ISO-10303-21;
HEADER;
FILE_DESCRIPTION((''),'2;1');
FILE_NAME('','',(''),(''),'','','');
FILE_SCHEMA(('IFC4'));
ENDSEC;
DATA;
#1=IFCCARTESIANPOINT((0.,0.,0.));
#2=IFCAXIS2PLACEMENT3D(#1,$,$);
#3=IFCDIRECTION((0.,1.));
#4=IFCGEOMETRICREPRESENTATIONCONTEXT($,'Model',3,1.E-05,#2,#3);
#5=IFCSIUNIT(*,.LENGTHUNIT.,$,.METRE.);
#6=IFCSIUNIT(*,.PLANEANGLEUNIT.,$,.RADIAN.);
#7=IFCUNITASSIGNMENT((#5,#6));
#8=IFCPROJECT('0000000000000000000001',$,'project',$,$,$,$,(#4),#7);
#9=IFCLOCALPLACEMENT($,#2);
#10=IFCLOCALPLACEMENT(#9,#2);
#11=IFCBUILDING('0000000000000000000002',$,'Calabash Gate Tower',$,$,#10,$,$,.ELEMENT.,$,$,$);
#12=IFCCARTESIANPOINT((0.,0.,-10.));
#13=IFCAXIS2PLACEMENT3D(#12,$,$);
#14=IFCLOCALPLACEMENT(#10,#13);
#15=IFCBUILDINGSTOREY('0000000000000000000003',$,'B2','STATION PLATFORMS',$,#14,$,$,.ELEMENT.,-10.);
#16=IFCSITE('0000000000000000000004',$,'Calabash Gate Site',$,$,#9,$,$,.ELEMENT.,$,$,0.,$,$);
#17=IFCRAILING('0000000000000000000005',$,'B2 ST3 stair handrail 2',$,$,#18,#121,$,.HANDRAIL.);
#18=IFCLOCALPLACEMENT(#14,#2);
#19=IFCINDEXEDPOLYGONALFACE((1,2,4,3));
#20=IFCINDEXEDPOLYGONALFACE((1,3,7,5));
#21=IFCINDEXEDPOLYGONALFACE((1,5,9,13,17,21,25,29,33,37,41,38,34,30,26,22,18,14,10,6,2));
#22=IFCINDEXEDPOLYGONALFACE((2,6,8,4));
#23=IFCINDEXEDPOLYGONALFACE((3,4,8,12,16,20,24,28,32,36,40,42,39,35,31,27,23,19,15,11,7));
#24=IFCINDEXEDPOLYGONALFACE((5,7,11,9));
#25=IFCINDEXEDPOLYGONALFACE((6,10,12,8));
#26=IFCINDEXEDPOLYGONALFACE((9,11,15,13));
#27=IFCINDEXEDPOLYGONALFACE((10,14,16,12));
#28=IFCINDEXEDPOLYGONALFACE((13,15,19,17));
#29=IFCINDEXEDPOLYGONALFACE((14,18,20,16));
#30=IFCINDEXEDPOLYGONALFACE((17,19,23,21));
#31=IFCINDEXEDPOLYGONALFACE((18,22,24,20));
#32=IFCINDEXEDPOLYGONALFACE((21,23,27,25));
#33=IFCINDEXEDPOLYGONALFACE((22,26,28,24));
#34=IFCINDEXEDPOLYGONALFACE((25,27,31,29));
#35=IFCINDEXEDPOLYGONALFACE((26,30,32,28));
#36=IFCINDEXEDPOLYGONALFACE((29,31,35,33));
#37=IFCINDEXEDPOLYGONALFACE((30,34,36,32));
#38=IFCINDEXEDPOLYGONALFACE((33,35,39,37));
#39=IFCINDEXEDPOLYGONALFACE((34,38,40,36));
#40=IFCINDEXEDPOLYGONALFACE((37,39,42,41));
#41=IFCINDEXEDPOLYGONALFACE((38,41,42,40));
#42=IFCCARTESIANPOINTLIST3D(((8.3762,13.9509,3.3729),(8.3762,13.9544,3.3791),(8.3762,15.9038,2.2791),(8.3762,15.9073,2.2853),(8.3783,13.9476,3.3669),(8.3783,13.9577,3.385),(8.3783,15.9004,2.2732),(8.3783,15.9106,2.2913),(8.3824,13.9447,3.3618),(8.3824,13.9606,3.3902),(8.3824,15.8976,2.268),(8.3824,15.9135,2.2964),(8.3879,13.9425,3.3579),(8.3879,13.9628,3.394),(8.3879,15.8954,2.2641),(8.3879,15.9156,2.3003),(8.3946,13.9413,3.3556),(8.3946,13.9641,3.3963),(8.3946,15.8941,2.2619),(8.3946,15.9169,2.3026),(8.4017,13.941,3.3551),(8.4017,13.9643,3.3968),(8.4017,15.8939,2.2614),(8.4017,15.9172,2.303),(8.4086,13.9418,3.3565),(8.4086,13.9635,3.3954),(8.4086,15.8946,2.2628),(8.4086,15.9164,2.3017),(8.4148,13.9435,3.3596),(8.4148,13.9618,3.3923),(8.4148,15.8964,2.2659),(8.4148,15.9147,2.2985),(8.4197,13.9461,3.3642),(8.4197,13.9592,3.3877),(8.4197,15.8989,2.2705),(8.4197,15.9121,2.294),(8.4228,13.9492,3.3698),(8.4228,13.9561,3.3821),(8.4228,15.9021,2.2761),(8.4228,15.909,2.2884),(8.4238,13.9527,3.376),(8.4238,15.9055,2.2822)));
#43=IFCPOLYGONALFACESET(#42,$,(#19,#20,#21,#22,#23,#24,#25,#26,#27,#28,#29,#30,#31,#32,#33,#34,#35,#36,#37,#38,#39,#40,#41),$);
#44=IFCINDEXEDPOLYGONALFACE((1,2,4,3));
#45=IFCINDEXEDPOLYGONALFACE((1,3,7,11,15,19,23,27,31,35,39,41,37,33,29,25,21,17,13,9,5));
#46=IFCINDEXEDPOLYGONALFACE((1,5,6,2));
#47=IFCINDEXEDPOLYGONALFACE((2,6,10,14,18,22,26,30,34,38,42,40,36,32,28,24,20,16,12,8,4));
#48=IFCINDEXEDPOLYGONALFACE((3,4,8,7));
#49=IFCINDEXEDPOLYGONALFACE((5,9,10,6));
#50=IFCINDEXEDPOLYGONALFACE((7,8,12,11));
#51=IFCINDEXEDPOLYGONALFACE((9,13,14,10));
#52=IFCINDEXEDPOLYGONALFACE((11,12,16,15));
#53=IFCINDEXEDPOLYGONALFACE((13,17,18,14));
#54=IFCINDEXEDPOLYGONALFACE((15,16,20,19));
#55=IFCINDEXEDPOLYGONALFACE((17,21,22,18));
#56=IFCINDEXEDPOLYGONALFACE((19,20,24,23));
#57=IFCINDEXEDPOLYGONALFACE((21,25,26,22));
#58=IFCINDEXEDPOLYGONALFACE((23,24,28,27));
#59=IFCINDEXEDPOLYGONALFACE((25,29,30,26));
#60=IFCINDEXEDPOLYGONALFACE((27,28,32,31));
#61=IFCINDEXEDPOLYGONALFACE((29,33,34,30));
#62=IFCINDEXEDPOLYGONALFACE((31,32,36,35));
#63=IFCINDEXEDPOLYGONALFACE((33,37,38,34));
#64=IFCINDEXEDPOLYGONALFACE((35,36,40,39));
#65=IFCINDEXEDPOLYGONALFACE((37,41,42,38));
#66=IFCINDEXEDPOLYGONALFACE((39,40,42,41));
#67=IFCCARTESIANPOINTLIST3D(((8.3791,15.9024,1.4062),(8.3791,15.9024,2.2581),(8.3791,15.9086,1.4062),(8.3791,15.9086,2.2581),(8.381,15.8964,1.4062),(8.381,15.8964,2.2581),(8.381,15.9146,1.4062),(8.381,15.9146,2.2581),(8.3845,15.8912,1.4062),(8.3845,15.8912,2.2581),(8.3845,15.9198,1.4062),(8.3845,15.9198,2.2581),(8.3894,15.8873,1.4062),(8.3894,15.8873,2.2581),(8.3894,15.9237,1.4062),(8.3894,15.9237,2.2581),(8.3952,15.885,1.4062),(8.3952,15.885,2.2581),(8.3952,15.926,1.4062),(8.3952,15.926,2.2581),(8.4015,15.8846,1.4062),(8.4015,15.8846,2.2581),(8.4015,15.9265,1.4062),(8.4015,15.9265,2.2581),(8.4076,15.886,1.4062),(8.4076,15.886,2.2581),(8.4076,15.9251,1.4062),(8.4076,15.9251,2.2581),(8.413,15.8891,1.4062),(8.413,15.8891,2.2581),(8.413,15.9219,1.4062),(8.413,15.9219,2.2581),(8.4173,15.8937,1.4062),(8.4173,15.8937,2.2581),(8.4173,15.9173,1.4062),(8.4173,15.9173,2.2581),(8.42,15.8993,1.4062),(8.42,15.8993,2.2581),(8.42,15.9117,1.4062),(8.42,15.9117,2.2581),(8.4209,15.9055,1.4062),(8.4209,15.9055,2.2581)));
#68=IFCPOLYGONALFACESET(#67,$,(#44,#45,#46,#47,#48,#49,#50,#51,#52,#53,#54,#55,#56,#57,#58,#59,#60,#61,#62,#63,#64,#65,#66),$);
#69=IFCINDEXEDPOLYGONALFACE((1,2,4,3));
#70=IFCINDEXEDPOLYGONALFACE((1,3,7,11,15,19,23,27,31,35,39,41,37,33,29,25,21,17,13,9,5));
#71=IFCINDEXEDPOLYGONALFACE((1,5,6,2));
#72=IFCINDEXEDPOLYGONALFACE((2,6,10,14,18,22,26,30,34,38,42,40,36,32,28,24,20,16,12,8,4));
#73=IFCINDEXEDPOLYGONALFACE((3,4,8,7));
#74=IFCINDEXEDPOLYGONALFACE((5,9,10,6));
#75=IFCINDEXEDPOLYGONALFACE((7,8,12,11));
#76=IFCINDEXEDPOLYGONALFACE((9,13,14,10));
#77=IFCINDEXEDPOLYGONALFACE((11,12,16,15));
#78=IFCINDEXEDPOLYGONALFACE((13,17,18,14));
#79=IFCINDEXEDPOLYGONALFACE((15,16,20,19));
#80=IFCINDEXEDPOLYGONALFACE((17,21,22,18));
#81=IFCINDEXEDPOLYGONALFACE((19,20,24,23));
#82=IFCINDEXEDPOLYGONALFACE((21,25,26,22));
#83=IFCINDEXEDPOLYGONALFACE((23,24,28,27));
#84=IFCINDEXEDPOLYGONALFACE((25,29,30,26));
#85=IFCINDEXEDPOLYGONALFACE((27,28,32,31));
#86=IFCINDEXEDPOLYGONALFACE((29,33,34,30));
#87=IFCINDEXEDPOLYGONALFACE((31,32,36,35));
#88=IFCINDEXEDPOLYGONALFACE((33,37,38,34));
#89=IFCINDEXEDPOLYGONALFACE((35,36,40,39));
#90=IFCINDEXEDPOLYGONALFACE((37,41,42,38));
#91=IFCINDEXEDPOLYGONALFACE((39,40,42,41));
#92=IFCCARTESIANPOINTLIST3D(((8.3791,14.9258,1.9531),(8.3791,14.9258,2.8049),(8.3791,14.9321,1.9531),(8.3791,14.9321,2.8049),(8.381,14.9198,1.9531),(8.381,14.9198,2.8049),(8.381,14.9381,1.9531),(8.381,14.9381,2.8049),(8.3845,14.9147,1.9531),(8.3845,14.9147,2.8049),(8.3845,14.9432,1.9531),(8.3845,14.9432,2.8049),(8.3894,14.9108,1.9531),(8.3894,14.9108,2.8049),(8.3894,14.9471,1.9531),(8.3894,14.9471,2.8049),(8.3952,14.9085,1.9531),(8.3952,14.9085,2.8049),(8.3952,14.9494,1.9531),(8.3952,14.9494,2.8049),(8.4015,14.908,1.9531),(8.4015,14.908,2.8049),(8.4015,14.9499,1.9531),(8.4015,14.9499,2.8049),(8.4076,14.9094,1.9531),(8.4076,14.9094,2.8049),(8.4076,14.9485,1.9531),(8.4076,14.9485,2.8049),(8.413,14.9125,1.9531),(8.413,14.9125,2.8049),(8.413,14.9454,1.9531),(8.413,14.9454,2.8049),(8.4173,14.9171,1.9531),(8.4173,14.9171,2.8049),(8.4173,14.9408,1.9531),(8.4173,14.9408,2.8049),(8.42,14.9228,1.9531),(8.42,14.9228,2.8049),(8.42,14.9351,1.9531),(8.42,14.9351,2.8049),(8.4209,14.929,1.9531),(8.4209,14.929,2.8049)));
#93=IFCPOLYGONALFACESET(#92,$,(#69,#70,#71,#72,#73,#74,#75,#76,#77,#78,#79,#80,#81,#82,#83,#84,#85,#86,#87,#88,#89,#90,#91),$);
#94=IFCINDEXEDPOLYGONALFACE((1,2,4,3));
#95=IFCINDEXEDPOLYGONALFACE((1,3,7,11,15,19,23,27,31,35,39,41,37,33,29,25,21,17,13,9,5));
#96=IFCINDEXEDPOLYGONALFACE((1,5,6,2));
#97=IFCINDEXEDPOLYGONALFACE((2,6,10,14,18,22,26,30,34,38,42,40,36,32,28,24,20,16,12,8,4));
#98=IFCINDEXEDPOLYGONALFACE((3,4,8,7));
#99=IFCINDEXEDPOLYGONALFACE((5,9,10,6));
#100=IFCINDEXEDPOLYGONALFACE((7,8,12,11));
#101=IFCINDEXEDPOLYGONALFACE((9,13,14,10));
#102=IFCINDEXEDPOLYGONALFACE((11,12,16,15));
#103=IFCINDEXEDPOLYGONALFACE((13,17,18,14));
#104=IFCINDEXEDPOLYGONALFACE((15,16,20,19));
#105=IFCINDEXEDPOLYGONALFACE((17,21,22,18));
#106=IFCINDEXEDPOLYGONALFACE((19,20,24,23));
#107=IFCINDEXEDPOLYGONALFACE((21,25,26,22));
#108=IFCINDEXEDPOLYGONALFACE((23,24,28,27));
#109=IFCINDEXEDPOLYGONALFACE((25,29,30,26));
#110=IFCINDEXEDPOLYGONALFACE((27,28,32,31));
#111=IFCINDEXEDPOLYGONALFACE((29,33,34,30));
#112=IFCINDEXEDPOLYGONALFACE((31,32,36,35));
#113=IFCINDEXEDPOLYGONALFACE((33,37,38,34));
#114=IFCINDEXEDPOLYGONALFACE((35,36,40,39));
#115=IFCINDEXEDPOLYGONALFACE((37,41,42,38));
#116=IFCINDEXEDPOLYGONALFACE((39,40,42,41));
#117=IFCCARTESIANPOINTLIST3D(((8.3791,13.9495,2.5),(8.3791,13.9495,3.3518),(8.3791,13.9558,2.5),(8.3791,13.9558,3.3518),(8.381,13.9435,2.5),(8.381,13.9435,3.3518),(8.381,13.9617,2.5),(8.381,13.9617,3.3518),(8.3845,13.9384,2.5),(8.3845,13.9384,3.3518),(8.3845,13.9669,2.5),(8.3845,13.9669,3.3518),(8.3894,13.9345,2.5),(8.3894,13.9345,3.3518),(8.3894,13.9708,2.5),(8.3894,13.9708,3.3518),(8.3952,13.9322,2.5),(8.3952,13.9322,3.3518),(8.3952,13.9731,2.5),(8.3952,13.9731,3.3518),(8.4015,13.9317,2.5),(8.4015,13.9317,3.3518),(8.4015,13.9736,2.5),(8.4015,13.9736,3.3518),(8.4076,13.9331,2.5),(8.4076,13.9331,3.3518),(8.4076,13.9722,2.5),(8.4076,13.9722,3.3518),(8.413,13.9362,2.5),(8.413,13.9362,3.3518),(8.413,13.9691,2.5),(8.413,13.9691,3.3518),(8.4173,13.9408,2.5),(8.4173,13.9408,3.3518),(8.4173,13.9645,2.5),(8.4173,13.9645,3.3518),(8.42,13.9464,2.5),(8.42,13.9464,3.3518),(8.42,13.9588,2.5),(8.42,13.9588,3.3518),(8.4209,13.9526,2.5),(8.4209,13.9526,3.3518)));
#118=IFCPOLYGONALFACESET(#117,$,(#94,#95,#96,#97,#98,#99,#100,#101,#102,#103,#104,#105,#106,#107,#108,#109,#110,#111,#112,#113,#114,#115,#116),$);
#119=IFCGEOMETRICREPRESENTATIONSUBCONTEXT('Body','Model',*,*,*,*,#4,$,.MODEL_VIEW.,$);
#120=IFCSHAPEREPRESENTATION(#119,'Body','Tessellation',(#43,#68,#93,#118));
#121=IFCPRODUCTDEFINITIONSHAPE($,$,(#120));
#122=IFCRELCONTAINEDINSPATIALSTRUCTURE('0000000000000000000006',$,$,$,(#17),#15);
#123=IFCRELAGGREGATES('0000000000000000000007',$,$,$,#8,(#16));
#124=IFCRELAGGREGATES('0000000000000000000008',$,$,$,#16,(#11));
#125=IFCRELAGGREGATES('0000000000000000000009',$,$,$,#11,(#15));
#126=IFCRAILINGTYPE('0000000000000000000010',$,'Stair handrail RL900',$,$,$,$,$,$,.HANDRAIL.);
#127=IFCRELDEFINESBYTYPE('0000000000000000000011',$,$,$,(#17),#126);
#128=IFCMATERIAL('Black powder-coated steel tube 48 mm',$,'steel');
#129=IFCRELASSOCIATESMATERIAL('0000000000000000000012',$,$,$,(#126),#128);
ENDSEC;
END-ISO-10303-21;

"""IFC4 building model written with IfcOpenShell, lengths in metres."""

from ifc_helpers import new_model, si_unit, direction, frame, origin, origin_2d, place, context, subcontext, project, spatial, circle, extrude, material, type_object, element, save


model = new_model("IFC4")

# Units and contexts
model_context = context("Model", 3, precision=1e-05, world=origin(), true_north=direction((0.0, 1.0)))
body_context = subcontext(model_context, "Body", "Model", "MODEL_VIEW")
ifc_project = project(units=[si_unit("LENGTHUNIT", "METRE"), si_unit("PLANEANGLEUNIT", "RADIAN")], contexts=[model_context])

# Site, building, storey
site_placement = place(None, origin())
site = spatial("IfcSite", under=ifc_project, at=site_placement, Name="Calabash Gate Site", CompositionType="ELEMENT", RefElevation=0.0)
building_placement = place(site_placement, origin())
building = spatial("IfcBuilding", under=site, at=building_placement, Name="Calabash Gate Tower", CompositionType="ELEMENT")
storey_placement = place(building_placement, frame((0.0, 0.0, -10.0)))
storey = spatial("IfcBuildingStorey", under=building, at=storey_placement, Name="B2", Description="STATION PLATFORMS", CompositionType="ELEMENT", Elevation=-10.0)

# Railing
ifc_material_1 = material(Name="Black powder-coated steel tube 48 mm", Category="steel")
railing_type_1 = type_object("IfcRailingType", Name="Stair handrail RL900", PredefinedType="HANDRAIL", material=ifc_material_1)
railing_1_placement = place(storey_placement, frame((8.3999, 15.9055, 1.4062)))
element("IfcRailing", 1, at=railing_1_placement, inside=storey, type_object=railing_type_1, Name="B2 ST3 stair handrail 2", PredefinedType="HANDRAIL", context=body_context, shape_type="SweptSolid", body=[
    extrude(circle(Radius=0.0239, at=origin_2d()), frame((0.0, 0.0, 0.876), z_axis=(0.0, -0.87248, 0.48865), x_axis=(1.0, 0.0, 0.0)), (0.0, 0.0, 1.0), 2.2383),
    extrude(circle(Radius=0.021, at=origin_2d()), origin(), (0.0, 0.0, 1.0), 0.8518),
    extrude(circle(Radius=0.021, at=origin_2d()), frame((0.0, -0.9766, 0.5469)), (0.0, 0.0, 1.0), 0.8518),
    extrude(circle(Radius=0.021, at=origin_2d()), frame((0.0, -1.9529, 1.0938)), (0.0, 0.0, 1.0), 0.8518),
])

save(model, "model.ifc")
